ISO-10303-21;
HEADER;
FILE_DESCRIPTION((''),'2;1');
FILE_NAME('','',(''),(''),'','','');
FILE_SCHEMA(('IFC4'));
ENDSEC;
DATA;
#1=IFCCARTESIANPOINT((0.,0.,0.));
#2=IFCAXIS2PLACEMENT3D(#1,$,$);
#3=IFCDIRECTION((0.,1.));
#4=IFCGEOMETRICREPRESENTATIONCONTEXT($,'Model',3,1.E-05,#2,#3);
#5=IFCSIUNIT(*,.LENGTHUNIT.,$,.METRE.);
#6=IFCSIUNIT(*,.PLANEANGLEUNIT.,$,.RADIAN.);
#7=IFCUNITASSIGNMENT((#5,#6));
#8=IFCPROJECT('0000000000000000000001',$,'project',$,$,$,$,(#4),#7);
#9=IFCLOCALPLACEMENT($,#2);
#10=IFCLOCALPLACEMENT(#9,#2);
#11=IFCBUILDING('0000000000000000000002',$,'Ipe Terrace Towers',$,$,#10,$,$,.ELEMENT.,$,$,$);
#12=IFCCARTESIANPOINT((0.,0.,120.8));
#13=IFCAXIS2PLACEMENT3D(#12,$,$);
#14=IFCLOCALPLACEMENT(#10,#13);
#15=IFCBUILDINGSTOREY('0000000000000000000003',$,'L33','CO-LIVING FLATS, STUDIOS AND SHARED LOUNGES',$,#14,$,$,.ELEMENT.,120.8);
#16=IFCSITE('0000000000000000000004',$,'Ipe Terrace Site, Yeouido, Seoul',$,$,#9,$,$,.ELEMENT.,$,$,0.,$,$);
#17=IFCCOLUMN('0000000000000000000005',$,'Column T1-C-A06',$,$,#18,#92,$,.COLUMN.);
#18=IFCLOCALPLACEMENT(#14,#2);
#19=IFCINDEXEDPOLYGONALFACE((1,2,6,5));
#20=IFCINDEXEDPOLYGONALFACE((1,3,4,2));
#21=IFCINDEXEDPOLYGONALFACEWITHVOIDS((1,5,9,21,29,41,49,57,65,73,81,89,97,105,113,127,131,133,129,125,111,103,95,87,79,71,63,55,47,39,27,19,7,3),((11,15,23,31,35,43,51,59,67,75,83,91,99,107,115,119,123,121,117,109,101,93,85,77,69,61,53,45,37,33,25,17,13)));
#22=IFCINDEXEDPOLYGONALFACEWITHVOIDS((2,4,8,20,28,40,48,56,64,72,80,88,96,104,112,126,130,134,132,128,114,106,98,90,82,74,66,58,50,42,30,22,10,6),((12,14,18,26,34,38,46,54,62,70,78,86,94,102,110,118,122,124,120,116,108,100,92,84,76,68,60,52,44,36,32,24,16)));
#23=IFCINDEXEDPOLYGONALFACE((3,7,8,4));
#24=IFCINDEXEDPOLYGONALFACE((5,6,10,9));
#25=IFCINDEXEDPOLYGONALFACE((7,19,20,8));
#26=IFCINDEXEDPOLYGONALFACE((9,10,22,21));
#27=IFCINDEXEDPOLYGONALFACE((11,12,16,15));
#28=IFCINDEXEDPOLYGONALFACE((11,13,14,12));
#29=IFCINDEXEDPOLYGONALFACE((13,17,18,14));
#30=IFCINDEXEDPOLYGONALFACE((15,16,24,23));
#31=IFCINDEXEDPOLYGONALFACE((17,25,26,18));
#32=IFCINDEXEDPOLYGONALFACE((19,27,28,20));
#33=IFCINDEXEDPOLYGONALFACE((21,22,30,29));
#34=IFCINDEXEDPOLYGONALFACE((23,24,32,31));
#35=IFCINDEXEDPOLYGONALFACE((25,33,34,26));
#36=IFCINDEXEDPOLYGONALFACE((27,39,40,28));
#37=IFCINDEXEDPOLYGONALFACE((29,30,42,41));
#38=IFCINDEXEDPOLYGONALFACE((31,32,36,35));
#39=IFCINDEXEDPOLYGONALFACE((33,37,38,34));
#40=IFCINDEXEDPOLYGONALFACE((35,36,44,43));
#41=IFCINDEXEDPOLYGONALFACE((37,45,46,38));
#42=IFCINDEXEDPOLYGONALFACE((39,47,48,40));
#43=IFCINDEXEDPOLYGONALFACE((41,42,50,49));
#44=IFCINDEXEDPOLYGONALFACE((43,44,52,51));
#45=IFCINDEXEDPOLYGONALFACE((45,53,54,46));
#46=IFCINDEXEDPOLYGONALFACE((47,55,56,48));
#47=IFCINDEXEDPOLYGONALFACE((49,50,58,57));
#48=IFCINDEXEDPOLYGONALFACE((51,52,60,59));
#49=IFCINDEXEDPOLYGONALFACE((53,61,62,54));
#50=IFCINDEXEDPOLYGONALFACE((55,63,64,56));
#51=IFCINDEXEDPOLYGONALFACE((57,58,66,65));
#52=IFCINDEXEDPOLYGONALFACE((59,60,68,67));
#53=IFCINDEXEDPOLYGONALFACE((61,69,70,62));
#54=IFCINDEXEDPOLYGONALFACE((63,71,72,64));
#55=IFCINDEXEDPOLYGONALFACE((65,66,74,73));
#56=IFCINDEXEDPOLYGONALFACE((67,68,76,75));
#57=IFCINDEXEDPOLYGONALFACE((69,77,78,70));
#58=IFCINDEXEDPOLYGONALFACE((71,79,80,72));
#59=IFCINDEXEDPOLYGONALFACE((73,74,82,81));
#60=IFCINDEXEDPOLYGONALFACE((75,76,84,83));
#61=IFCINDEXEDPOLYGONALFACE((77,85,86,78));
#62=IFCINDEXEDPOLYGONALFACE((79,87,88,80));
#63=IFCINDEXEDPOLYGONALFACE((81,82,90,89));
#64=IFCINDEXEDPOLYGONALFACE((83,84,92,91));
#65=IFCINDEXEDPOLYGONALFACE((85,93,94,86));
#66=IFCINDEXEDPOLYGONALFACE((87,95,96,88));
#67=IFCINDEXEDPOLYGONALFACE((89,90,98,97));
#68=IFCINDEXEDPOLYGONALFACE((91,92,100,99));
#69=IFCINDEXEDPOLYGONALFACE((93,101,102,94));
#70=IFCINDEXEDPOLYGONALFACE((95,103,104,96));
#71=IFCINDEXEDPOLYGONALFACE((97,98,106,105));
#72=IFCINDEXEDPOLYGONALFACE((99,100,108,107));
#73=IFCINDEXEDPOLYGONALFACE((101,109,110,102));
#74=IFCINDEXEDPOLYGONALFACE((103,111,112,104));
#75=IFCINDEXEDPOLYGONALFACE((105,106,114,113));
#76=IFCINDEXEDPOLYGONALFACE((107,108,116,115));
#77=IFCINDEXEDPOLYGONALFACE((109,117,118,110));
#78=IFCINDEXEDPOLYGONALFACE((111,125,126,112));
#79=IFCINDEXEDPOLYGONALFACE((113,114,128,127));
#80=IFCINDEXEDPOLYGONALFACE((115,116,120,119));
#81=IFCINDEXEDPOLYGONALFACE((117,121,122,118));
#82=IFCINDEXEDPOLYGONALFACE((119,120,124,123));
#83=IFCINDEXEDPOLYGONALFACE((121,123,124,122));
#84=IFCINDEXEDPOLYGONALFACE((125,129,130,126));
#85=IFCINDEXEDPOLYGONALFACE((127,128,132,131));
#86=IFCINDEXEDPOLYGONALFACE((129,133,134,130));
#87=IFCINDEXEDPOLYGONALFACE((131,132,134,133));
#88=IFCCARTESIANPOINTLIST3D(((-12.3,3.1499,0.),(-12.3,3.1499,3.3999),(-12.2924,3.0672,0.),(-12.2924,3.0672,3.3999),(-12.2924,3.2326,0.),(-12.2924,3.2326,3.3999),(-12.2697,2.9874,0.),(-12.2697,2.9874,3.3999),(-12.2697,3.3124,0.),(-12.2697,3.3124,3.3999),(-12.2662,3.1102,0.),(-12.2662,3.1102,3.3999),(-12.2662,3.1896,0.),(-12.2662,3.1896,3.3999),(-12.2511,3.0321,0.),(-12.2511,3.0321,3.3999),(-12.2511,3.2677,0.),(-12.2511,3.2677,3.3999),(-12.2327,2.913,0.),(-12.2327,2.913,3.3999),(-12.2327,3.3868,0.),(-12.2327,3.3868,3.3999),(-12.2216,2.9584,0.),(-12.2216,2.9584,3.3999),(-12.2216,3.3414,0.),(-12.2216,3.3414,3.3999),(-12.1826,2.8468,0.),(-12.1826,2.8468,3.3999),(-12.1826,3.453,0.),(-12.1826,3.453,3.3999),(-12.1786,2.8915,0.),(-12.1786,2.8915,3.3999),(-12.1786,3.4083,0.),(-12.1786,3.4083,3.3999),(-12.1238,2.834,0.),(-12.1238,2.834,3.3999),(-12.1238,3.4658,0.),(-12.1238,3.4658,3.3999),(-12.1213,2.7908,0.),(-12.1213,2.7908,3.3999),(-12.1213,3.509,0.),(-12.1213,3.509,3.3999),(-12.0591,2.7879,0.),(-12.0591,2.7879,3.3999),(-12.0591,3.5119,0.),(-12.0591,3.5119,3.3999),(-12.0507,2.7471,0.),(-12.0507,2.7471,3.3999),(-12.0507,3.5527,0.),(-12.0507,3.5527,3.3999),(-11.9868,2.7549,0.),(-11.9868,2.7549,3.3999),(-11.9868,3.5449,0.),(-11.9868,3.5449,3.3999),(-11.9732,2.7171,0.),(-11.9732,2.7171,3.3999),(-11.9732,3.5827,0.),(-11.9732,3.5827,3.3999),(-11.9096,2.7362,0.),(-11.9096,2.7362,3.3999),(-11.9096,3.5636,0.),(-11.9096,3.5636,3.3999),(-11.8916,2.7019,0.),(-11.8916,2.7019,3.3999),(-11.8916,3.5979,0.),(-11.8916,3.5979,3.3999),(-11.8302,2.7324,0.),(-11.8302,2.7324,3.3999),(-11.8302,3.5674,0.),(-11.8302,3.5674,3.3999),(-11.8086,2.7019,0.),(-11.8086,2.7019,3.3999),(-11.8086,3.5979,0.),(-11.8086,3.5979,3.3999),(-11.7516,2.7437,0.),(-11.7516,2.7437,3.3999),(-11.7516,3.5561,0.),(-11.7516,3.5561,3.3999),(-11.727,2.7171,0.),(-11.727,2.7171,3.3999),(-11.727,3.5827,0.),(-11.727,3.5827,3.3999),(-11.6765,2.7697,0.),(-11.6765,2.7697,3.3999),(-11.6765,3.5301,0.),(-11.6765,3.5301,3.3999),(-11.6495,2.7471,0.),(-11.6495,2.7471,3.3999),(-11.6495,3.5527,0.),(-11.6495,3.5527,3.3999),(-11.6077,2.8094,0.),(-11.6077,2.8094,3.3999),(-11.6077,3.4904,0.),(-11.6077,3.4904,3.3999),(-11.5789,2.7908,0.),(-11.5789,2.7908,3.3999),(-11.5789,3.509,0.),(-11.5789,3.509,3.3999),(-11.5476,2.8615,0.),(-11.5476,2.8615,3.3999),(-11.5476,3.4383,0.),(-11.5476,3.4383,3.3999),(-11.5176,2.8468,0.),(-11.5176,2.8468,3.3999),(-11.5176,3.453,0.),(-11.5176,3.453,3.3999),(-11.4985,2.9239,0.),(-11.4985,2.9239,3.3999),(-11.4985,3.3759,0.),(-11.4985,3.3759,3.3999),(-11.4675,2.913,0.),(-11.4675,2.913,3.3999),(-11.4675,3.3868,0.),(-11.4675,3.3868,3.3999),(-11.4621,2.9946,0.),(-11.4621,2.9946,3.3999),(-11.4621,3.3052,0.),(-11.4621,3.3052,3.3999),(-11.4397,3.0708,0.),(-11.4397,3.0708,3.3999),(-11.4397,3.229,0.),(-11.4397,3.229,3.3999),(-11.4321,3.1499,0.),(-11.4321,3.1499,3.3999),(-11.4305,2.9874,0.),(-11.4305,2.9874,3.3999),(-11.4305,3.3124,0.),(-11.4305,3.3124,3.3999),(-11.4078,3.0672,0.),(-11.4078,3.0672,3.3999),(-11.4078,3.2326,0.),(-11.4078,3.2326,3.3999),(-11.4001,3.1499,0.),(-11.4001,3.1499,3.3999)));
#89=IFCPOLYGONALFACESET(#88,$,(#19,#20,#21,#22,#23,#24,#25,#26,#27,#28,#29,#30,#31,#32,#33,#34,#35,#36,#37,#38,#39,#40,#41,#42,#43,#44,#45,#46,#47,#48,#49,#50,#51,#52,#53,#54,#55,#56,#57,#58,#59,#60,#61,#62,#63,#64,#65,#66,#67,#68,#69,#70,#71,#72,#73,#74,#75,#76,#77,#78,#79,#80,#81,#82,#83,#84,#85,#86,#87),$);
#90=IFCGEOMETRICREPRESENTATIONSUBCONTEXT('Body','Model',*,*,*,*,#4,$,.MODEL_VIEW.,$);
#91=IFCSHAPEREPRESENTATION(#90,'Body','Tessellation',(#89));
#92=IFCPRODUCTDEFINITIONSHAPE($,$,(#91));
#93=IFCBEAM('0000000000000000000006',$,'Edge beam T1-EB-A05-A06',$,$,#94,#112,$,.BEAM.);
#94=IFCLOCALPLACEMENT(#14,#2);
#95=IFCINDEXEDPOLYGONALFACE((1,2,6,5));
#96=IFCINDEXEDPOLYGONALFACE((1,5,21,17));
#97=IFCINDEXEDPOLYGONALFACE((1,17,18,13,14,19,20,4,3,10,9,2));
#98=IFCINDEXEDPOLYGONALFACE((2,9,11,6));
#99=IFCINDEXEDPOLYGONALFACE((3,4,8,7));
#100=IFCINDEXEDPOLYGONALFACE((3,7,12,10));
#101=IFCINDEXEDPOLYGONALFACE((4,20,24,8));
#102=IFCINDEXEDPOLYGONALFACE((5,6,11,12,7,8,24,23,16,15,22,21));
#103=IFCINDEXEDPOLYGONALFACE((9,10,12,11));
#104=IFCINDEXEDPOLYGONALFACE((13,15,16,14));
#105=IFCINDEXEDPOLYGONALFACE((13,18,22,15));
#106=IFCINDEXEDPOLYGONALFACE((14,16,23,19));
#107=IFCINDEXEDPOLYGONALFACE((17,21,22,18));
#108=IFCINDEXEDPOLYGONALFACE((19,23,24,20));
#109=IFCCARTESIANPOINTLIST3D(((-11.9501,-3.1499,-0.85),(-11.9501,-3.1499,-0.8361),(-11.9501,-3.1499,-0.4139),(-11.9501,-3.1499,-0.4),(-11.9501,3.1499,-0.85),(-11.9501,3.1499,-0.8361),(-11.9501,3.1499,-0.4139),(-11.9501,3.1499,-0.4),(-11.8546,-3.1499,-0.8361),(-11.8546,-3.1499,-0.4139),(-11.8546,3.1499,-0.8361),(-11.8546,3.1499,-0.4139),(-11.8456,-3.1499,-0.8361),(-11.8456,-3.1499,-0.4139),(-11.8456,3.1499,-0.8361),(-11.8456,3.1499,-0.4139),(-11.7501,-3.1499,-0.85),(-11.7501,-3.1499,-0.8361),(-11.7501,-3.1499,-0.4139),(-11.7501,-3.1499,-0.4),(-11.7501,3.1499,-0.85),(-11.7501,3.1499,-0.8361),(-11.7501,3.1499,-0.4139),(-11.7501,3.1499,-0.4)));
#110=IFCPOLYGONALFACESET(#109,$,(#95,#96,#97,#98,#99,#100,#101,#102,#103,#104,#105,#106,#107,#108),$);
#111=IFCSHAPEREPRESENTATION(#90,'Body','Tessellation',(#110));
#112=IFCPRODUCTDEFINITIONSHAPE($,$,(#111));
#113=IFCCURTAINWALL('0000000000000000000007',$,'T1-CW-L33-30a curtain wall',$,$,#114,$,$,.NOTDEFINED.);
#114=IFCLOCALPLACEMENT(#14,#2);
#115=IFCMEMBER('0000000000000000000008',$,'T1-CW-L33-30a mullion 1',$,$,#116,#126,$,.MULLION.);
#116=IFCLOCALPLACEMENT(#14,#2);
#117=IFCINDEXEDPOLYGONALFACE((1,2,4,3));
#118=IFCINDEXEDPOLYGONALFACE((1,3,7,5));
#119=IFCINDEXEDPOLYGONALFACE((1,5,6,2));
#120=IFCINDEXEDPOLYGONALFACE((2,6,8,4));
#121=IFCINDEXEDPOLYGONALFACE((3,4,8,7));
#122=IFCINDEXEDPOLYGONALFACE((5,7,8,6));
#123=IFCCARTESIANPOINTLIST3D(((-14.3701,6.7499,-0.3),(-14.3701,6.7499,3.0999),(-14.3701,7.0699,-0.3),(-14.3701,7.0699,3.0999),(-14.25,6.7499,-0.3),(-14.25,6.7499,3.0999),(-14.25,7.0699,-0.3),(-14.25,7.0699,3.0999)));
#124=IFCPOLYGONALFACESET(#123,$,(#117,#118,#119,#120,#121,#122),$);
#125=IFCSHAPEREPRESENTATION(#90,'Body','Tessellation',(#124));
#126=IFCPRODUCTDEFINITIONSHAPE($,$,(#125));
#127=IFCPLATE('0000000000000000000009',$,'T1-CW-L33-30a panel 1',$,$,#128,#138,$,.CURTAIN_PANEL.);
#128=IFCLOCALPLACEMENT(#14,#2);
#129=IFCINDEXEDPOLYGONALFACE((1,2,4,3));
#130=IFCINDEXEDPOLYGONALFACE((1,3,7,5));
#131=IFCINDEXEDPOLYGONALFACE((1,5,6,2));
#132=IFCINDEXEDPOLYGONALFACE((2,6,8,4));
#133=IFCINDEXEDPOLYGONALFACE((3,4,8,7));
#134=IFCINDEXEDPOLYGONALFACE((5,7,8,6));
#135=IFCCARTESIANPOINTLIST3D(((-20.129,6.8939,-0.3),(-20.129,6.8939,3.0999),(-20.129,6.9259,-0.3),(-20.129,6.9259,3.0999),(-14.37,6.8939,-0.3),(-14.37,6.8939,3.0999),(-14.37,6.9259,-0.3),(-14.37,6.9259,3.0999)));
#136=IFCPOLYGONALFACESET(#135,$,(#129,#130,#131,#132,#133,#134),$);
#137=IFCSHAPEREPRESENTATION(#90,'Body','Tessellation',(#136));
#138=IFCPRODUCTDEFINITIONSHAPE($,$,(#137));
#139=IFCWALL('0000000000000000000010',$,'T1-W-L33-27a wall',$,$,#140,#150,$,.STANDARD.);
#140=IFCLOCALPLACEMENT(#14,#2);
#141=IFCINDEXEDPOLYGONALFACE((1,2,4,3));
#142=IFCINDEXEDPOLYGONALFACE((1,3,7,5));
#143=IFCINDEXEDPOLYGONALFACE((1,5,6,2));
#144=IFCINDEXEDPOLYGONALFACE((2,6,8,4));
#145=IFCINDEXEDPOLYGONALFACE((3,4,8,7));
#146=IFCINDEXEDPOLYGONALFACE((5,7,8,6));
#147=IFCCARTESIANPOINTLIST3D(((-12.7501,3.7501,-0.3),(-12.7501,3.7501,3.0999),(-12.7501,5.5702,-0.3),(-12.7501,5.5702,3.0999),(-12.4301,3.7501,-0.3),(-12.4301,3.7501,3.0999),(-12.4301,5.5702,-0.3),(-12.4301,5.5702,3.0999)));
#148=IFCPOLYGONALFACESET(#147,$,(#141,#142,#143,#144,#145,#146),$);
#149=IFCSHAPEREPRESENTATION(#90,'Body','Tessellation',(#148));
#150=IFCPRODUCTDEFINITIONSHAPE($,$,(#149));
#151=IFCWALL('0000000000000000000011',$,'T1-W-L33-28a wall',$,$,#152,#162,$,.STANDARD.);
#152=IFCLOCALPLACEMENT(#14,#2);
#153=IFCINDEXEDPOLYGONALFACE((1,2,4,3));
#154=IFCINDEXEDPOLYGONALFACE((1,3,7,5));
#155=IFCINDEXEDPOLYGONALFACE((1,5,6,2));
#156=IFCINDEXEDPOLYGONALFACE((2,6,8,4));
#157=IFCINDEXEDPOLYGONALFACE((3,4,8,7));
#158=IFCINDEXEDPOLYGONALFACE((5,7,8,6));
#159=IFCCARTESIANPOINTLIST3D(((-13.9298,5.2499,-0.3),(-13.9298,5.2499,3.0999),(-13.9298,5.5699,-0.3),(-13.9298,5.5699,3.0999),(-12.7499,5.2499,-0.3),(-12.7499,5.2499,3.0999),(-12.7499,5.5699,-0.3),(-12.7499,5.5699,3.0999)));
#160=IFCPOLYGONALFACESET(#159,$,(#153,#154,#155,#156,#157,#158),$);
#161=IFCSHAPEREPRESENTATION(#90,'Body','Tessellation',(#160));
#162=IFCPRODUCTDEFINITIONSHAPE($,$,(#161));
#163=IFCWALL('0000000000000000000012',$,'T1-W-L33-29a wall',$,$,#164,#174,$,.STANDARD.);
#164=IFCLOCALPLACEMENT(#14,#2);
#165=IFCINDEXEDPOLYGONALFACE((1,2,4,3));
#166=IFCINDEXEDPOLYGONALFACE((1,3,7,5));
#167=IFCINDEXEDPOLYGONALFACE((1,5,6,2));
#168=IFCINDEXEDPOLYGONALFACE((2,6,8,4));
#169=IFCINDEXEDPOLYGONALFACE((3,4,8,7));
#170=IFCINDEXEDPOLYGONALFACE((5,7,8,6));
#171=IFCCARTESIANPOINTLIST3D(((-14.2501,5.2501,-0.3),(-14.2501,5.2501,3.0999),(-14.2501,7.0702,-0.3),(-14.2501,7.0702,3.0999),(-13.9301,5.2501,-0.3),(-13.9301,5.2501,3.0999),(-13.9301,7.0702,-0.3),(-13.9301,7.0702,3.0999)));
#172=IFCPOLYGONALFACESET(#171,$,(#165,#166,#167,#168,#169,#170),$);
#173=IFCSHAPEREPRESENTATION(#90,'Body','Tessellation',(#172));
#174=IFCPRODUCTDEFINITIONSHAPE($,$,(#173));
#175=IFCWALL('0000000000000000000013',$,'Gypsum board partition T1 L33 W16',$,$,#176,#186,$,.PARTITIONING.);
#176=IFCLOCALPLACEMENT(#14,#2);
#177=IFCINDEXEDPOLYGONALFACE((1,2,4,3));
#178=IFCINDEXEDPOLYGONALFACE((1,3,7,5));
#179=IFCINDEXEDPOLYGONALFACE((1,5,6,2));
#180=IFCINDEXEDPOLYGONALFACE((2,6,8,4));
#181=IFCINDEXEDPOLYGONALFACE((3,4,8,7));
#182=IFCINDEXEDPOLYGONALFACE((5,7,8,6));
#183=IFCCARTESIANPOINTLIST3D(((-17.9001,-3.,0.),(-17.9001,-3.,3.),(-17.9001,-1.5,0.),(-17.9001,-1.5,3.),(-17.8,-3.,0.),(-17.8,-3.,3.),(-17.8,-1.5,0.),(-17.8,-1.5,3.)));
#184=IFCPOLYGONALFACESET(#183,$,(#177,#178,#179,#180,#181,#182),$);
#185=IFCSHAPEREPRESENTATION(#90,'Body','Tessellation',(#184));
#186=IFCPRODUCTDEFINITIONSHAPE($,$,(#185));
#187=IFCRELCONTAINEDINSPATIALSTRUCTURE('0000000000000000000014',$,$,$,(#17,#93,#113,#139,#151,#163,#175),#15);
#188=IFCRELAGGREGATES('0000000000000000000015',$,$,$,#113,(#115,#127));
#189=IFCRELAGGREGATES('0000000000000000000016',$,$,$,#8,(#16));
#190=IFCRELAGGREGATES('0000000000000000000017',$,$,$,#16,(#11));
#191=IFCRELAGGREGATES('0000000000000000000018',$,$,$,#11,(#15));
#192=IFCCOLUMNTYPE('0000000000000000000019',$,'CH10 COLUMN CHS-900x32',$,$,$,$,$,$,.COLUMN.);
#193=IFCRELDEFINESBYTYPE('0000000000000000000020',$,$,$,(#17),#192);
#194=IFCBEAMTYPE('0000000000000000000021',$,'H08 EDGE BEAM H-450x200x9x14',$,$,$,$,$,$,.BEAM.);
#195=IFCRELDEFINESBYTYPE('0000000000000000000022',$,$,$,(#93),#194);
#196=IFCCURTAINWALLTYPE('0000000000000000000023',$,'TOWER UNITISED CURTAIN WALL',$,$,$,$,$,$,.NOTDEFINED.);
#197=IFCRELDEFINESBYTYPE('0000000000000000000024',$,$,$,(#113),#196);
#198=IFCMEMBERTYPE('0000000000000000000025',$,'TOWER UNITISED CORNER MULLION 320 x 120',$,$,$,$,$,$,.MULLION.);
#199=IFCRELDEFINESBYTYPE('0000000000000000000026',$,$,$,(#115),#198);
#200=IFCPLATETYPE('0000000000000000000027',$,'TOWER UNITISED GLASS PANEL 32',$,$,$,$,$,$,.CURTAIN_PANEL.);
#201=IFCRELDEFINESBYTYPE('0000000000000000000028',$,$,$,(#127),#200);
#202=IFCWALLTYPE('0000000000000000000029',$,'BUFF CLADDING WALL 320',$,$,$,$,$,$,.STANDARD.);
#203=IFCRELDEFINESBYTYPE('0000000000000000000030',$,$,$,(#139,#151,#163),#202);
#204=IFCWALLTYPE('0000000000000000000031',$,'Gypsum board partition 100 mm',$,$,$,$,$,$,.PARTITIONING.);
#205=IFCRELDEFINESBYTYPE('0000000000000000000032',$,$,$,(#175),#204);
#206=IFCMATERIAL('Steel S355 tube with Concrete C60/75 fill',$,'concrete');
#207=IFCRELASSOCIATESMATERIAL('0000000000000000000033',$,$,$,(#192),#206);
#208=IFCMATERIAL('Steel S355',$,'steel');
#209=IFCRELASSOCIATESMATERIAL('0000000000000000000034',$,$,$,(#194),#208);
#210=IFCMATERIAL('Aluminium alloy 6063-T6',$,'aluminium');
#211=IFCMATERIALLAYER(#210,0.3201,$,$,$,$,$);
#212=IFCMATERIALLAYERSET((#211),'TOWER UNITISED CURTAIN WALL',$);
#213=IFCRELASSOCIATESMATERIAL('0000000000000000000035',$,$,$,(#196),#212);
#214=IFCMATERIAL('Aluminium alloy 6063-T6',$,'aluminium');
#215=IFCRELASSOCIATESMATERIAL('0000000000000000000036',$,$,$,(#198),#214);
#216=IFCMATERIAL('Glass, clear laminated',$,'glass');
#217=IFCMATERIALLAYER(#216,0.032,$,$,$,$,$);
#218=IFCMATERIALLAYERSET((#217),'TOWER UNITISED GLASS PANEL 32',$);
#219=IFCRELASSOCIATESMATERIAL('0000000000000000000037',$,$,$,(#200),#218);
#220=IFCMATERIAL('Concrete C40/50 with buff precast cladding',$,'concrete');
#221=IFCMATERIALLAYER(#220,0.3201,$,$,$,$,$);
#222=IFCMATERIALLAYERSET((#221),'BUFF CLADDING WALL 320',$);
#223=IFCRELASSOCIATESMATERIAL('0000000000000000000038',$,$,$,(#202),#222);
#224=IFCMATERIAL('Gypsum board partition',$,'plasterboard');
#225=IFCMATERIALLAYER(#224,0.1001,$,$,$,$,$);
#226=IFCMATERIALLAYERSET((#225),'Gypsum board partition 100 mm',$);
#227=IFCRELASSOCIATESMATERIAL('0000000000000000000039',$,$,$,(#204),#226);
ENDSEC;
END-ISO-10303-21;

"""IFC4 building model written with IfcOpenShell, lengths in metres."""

from ifc_helpers import new_model, si_unit, direction, frame, frame_2d, origin, origin_2d, place, context, subcontext, project, spatial, rectangle, hollow_circle, i_section, extrude, material, layer, layer_set, material_profile, profile_set, type_object, element, aggregate, save


model = new_model("IFC4")

# Units and contexts
model_context = context("Model", 3, precision=1e-05, world=origin(), true_north=direction((0.0, 1.0)))
body_context = subcontext(model_context, "Body", "Model", "MODEL_VIEW")
ifc_project = project(units=[si_unit("LENGTHUNIT", "METRE"), si_unit("PLANEANGLEUNIT", "RADIAN")], contexts=[model_context])

# Site, building, storey
site_placement = place(None, origin())
site = spatial("IfcSite", under=ifc_project, at=site_placement, Name="Ipe Terrace Site, Yeouido, Seoul", CompositionType="ELEMENT", RefElevation=0.0)
building_placement = place(site_placement, origin())
building = spatial("IfcBuilding", under=site, at=building_placement, Name="Ipe Terrace Towers", CompositionType="ELEMENT")
storey_placement = place(building_placement, frame((0.0, 0.0, 120.8)))
storey = spatial("IfcBuildingStorey", under=building, at=storey_placement, Name="L33", Description="CO-LIVING FLATS, STUDIOS AND SHARED LOUNGES", CompositionType="ELEMENT", Elevation=120.8)

# Column
ifc_material_1 = material(Name="Steel S355 tube with Concrete C60/75 fill", Category="concrete")
ifc_material_profile_1 = material_profile(ifc_material_1, hollow_circle(Radius=0.45, WallThickness=0.032, at=origin_2d()), Name="CHS-900x32")
ifc_profile_set_1 = profile_set([ifc_material_profile_1], Name="Steel S355 tube with Concrete C60/75 fill")
column_type = type_object("IfcColumnType", Name="CH10 COLUMN CHS-900x32", PredefinedType="COLUMN", material=ifc_profile_set_1)
for number, where, z_axis, x_axis, name in (
    (1, (-11.8501, 3.1499, 0.0), (0.0, 0.0, 1.0), (1.0, 0.0, 0.0), "Column T1-C-A06"),
):
    element("IfcColumn", number, at=place(storey_placement, frame(where, z_axis=z_axis, x_axis=x_axis)), inside=storey, type_object=column_type, Name=name, PredefinedType="COLUMN", context=body_context, shape_type="SweptSolid", body=[
        extrude(hollow_circle(Radius=0.45, WallThickness=0.032, at=origin_2d()), origin(), (0.0, 0.0, 1.0), 3.3999),
    ])

# Beam
ifc_material_2 = material(Name="Steel S355", Category="steel")
ifc_material_profile_2 = material_profile(ifc_material_2, i_section(OverallWidth=0.2, OverallDepth=0.45, WebThickness=0.009, FlangeThickness=0.0139, at=origin_2d()), Name="H-450x200x9x14")
ifc_profile_set_2 = profile_set([ifc_material_profile_2], Name="Steel S355")
beam_type = type_object("IfcBeamType", Name="H08 EDGE BEAM H-450x200x9x14", PredefinedType="BEAM", material=ifc_profile_set_2)
beam_placement = place(storey_placement, frame((-11.8501, -3.1499, -0.625), z_axis=(0.0, 1.0, 0.0), x_axis=(-1.0, 0.0, 0.0)))
element("IfcBeam", 2, at=beam_placement, inside=storey, type_object=beam_type, Name="Edge beam T1-EB-A05-A06", PredefinedType="BEAM", context=body_context, shape_type="SweptSolid", body=[
    extrude(i_section(OverallWidth=0.2, OverallDepth=0.45, WebThickness=0.009, FlangeThickness=0.0139, at=origin_2d()), origin(), (0.0, 0.0, 1.0), 6.2998),
])

# Curtain wall, member, plate
ifc_material_3 = material(Name="Aluminium alloy 6063-T6", Category="aluminium")
ifc_layer_1 = layer(ifc_material_3, 0.3201)
ifc_layer_set_1 = layer_set([ifc_layer_1], Name="TOWER UNITISED CURTAIN WALL")
curtain_wall_type = type_object("IfcCurtainWallType", Name="TOWER UNITISED CURTAIN WALL", PredefinedType="NOTDEFINED", material=ifc_layer_set_1)
curtain_wall_placement = place(storey_placement, origin())
curtain_wall = element("IfcCurtainWall", 3, at=curtain_wall_placement, inside=storey, type_object=curtain_wall_type, Name="T1-CW-L33-30a curtain wall", PredefinedType="NOTDEFINED")
ifc_material_4 = material(Name="Aluminium alloy 6063-T6", Category="aluminium")
ifc_material_profile_3 = material_profile(ifc_material_4, rectangle(XDim=0.3201, YDim=0.1201, at=origin_2d()), Name="TOWER UNITISED CORNER MULLION 320 x 120")
ifc_profile_set_3 = profile_set([ifc_material_profile_3], Name="Aluminium alloy 6063-T6")
member_type = type_object("IfcMemberType", Name="TOWER UNITISED CORNER MULLION 320 x 120", PredefinedType="MULLION", material=ifc_profile_set_3)
member_placement = place(storey_placement, frame((-14.3101, 6.9099, -0.3), z_axis=(0.0, 0.0, 1.0), x_axis=(0.0, 1.0, 0.0)))
member = element("IfcMember", 4, at=member_placement, type_object=member_type, Name="T1-CW-L33-30a mullion 1", PredefinedType="MULLION", context=body_context, shape_type="SweptSolid", body=[
    extrude(rectangle(XDim=0.3201, YDim=0.1201, at=origin_2d()), origin(), (0.0, 0.0, 1.0), 3.3999),
])
ifc_material_5 = material(Name="Glass, clear laminated", Category="glass")
ifc_layer_2 = layer(ifc_material_5, 0.032)
ifc_layer_set_2 = layer_set([ifc_layer_2], Name="TOWER UNITISED GLASS PANEL 32")
plate_type = type_object("IfcPlateType", Name="TOWER UNITISED GLASS PANEL 32", PredefinedType="CURTAIN_PANEL", material=ifc_layer_set_2)
plate_placement = place(storey_placement, frame((-17.2495, 6.9099, -0.3), z_axis=(0.0, 0.0, 1.0), x_axis=(-1.0, 0.0, 0.0)))
plate = element("IfcPlate", 5, at=plate_placement, type_object=plate_type, Name="T1-CW-L33-30a panel 1", PredefinedType="CURTAIN_PANEL", context=body_context, shape_type="SweptSolid", body=[
    extrude(rectangle(XDim=5.759, YDim=0.032, at=origin_2d()), origin(), (0.0, 0.0, 1.0), 3.3999),
])
aggregate(curtain_wall, [member, plate])

# Walls
ifc_material_6 = material(Name="Concrete C40/50 with buff precast cladding", Category="concrete")
ifc_layer_3 = layer(ifc_material_6, 0.3201)
ifc_layer_set_3 = layer_set([ifc_layer_3], Name="BUFF CLADDING WALL 320")
wall_type_1 = type_object("IfcWallType", Name="BUFF CLADDING WALL 320", PredefinedType="STANDARD", material=ifc_layer_set_3)
wall_1_placement = place(storey_placement, frame((-12.5901, 3.75, -0.3), z_axis=(0.0, 0.0, 1.0), x_axis=(0.0, 1.0, 0.0)))
element("IfcWall", 6, at=wall_1_placement, inside=storey, type_object=wall_type_1, Name="T1-W-L33-27a wall", PredefinedType="STANDARD", context=body_context, shape_type="SweptSolid", body=[
    extrude(rectangle(XDim=1.8201, YDim=0.3201, at=frame_2d((0.9102, 0.0))), origin(), (0.0, 0.0, 1.0), 3.3999),
])
wall_2_placement = place(storey_placement, frame((-12.75, 5.4099, -0.3), z_axis=(0.0, 0.0, 1.0), x_axis=(-1.0, 0.0, 0.0)))
element("IfcWall", 7, at=wall_2_placement, inside=storey, type_object=wall_type_1, Name="T1-W-L33-28a wall", PredefinedType="STANDARD", context=body_context, shape_type="SweptSolid", body=[
    extrude(rectangle(XDim=1.1799, YDim=0.3201, at=frame_2d((0.5898, 0.0))), origin(), (0.0, 0.0, 1.0), 3.3999),
])
wall_3_placement = place(storey_placement, frame((-14.0901, 5.25, -0.3), z_axis=(0.0, 0.0, 1.0), x_axis=(0.0, 1.0, 0.0)))
element("IfcWall", 8, at=wall_3_placement, inside=storey, type_object=wall_type_1, Name="T1-W-L33-29a wall", PredefinedType="STANDARD", context=body_context, shape_type="SweptSolid", body=[
    extrude(rectangle(XDim=1.8201, YDim=0.3201, at=frame_2d((0.9102, 0.0))), origin(), (0.0, 0.0, 1.0), 3.3999),
])
ifc_material_7 = material(Name="Gypsum board partition", Category="plasterboard")
ifc_layer_4 = layer(ifc_material_7, 0.1001)
ifc_layer_set_4 = layer_set([ifc_layer_4], Name="Gypsum board partition 100 mm")
wall_type_2 = type_object("IfcWallType", Name="Gypsum board partition 100 mm", PredefinedType="PARTITIONING", material=ifc_layer_set_4)
wall_4_placement = place(storey_placement, frame((-17.8501, -3.0, 0.0), z_axis=(0.0, 0.0, 1.0), x_axis=(0.0, 1.0, 0.0)))
element("IfcWall", 9, at=wall_4_placement, inside=storey, type_object=wall_type_2, Name="Gypsum board partition T1 L33 W16", PredefinedType="PARTITIONING", context=body_context, shape_type="SweptSolid", body=[
    extrude(rectangle(XDim=1.5, YDim=0.1001, at=frame_2d((0.75, 0.0))), origin(), (0.0, 0.0, 1.0), 3.0),
])

save(model, "model.ifc")
